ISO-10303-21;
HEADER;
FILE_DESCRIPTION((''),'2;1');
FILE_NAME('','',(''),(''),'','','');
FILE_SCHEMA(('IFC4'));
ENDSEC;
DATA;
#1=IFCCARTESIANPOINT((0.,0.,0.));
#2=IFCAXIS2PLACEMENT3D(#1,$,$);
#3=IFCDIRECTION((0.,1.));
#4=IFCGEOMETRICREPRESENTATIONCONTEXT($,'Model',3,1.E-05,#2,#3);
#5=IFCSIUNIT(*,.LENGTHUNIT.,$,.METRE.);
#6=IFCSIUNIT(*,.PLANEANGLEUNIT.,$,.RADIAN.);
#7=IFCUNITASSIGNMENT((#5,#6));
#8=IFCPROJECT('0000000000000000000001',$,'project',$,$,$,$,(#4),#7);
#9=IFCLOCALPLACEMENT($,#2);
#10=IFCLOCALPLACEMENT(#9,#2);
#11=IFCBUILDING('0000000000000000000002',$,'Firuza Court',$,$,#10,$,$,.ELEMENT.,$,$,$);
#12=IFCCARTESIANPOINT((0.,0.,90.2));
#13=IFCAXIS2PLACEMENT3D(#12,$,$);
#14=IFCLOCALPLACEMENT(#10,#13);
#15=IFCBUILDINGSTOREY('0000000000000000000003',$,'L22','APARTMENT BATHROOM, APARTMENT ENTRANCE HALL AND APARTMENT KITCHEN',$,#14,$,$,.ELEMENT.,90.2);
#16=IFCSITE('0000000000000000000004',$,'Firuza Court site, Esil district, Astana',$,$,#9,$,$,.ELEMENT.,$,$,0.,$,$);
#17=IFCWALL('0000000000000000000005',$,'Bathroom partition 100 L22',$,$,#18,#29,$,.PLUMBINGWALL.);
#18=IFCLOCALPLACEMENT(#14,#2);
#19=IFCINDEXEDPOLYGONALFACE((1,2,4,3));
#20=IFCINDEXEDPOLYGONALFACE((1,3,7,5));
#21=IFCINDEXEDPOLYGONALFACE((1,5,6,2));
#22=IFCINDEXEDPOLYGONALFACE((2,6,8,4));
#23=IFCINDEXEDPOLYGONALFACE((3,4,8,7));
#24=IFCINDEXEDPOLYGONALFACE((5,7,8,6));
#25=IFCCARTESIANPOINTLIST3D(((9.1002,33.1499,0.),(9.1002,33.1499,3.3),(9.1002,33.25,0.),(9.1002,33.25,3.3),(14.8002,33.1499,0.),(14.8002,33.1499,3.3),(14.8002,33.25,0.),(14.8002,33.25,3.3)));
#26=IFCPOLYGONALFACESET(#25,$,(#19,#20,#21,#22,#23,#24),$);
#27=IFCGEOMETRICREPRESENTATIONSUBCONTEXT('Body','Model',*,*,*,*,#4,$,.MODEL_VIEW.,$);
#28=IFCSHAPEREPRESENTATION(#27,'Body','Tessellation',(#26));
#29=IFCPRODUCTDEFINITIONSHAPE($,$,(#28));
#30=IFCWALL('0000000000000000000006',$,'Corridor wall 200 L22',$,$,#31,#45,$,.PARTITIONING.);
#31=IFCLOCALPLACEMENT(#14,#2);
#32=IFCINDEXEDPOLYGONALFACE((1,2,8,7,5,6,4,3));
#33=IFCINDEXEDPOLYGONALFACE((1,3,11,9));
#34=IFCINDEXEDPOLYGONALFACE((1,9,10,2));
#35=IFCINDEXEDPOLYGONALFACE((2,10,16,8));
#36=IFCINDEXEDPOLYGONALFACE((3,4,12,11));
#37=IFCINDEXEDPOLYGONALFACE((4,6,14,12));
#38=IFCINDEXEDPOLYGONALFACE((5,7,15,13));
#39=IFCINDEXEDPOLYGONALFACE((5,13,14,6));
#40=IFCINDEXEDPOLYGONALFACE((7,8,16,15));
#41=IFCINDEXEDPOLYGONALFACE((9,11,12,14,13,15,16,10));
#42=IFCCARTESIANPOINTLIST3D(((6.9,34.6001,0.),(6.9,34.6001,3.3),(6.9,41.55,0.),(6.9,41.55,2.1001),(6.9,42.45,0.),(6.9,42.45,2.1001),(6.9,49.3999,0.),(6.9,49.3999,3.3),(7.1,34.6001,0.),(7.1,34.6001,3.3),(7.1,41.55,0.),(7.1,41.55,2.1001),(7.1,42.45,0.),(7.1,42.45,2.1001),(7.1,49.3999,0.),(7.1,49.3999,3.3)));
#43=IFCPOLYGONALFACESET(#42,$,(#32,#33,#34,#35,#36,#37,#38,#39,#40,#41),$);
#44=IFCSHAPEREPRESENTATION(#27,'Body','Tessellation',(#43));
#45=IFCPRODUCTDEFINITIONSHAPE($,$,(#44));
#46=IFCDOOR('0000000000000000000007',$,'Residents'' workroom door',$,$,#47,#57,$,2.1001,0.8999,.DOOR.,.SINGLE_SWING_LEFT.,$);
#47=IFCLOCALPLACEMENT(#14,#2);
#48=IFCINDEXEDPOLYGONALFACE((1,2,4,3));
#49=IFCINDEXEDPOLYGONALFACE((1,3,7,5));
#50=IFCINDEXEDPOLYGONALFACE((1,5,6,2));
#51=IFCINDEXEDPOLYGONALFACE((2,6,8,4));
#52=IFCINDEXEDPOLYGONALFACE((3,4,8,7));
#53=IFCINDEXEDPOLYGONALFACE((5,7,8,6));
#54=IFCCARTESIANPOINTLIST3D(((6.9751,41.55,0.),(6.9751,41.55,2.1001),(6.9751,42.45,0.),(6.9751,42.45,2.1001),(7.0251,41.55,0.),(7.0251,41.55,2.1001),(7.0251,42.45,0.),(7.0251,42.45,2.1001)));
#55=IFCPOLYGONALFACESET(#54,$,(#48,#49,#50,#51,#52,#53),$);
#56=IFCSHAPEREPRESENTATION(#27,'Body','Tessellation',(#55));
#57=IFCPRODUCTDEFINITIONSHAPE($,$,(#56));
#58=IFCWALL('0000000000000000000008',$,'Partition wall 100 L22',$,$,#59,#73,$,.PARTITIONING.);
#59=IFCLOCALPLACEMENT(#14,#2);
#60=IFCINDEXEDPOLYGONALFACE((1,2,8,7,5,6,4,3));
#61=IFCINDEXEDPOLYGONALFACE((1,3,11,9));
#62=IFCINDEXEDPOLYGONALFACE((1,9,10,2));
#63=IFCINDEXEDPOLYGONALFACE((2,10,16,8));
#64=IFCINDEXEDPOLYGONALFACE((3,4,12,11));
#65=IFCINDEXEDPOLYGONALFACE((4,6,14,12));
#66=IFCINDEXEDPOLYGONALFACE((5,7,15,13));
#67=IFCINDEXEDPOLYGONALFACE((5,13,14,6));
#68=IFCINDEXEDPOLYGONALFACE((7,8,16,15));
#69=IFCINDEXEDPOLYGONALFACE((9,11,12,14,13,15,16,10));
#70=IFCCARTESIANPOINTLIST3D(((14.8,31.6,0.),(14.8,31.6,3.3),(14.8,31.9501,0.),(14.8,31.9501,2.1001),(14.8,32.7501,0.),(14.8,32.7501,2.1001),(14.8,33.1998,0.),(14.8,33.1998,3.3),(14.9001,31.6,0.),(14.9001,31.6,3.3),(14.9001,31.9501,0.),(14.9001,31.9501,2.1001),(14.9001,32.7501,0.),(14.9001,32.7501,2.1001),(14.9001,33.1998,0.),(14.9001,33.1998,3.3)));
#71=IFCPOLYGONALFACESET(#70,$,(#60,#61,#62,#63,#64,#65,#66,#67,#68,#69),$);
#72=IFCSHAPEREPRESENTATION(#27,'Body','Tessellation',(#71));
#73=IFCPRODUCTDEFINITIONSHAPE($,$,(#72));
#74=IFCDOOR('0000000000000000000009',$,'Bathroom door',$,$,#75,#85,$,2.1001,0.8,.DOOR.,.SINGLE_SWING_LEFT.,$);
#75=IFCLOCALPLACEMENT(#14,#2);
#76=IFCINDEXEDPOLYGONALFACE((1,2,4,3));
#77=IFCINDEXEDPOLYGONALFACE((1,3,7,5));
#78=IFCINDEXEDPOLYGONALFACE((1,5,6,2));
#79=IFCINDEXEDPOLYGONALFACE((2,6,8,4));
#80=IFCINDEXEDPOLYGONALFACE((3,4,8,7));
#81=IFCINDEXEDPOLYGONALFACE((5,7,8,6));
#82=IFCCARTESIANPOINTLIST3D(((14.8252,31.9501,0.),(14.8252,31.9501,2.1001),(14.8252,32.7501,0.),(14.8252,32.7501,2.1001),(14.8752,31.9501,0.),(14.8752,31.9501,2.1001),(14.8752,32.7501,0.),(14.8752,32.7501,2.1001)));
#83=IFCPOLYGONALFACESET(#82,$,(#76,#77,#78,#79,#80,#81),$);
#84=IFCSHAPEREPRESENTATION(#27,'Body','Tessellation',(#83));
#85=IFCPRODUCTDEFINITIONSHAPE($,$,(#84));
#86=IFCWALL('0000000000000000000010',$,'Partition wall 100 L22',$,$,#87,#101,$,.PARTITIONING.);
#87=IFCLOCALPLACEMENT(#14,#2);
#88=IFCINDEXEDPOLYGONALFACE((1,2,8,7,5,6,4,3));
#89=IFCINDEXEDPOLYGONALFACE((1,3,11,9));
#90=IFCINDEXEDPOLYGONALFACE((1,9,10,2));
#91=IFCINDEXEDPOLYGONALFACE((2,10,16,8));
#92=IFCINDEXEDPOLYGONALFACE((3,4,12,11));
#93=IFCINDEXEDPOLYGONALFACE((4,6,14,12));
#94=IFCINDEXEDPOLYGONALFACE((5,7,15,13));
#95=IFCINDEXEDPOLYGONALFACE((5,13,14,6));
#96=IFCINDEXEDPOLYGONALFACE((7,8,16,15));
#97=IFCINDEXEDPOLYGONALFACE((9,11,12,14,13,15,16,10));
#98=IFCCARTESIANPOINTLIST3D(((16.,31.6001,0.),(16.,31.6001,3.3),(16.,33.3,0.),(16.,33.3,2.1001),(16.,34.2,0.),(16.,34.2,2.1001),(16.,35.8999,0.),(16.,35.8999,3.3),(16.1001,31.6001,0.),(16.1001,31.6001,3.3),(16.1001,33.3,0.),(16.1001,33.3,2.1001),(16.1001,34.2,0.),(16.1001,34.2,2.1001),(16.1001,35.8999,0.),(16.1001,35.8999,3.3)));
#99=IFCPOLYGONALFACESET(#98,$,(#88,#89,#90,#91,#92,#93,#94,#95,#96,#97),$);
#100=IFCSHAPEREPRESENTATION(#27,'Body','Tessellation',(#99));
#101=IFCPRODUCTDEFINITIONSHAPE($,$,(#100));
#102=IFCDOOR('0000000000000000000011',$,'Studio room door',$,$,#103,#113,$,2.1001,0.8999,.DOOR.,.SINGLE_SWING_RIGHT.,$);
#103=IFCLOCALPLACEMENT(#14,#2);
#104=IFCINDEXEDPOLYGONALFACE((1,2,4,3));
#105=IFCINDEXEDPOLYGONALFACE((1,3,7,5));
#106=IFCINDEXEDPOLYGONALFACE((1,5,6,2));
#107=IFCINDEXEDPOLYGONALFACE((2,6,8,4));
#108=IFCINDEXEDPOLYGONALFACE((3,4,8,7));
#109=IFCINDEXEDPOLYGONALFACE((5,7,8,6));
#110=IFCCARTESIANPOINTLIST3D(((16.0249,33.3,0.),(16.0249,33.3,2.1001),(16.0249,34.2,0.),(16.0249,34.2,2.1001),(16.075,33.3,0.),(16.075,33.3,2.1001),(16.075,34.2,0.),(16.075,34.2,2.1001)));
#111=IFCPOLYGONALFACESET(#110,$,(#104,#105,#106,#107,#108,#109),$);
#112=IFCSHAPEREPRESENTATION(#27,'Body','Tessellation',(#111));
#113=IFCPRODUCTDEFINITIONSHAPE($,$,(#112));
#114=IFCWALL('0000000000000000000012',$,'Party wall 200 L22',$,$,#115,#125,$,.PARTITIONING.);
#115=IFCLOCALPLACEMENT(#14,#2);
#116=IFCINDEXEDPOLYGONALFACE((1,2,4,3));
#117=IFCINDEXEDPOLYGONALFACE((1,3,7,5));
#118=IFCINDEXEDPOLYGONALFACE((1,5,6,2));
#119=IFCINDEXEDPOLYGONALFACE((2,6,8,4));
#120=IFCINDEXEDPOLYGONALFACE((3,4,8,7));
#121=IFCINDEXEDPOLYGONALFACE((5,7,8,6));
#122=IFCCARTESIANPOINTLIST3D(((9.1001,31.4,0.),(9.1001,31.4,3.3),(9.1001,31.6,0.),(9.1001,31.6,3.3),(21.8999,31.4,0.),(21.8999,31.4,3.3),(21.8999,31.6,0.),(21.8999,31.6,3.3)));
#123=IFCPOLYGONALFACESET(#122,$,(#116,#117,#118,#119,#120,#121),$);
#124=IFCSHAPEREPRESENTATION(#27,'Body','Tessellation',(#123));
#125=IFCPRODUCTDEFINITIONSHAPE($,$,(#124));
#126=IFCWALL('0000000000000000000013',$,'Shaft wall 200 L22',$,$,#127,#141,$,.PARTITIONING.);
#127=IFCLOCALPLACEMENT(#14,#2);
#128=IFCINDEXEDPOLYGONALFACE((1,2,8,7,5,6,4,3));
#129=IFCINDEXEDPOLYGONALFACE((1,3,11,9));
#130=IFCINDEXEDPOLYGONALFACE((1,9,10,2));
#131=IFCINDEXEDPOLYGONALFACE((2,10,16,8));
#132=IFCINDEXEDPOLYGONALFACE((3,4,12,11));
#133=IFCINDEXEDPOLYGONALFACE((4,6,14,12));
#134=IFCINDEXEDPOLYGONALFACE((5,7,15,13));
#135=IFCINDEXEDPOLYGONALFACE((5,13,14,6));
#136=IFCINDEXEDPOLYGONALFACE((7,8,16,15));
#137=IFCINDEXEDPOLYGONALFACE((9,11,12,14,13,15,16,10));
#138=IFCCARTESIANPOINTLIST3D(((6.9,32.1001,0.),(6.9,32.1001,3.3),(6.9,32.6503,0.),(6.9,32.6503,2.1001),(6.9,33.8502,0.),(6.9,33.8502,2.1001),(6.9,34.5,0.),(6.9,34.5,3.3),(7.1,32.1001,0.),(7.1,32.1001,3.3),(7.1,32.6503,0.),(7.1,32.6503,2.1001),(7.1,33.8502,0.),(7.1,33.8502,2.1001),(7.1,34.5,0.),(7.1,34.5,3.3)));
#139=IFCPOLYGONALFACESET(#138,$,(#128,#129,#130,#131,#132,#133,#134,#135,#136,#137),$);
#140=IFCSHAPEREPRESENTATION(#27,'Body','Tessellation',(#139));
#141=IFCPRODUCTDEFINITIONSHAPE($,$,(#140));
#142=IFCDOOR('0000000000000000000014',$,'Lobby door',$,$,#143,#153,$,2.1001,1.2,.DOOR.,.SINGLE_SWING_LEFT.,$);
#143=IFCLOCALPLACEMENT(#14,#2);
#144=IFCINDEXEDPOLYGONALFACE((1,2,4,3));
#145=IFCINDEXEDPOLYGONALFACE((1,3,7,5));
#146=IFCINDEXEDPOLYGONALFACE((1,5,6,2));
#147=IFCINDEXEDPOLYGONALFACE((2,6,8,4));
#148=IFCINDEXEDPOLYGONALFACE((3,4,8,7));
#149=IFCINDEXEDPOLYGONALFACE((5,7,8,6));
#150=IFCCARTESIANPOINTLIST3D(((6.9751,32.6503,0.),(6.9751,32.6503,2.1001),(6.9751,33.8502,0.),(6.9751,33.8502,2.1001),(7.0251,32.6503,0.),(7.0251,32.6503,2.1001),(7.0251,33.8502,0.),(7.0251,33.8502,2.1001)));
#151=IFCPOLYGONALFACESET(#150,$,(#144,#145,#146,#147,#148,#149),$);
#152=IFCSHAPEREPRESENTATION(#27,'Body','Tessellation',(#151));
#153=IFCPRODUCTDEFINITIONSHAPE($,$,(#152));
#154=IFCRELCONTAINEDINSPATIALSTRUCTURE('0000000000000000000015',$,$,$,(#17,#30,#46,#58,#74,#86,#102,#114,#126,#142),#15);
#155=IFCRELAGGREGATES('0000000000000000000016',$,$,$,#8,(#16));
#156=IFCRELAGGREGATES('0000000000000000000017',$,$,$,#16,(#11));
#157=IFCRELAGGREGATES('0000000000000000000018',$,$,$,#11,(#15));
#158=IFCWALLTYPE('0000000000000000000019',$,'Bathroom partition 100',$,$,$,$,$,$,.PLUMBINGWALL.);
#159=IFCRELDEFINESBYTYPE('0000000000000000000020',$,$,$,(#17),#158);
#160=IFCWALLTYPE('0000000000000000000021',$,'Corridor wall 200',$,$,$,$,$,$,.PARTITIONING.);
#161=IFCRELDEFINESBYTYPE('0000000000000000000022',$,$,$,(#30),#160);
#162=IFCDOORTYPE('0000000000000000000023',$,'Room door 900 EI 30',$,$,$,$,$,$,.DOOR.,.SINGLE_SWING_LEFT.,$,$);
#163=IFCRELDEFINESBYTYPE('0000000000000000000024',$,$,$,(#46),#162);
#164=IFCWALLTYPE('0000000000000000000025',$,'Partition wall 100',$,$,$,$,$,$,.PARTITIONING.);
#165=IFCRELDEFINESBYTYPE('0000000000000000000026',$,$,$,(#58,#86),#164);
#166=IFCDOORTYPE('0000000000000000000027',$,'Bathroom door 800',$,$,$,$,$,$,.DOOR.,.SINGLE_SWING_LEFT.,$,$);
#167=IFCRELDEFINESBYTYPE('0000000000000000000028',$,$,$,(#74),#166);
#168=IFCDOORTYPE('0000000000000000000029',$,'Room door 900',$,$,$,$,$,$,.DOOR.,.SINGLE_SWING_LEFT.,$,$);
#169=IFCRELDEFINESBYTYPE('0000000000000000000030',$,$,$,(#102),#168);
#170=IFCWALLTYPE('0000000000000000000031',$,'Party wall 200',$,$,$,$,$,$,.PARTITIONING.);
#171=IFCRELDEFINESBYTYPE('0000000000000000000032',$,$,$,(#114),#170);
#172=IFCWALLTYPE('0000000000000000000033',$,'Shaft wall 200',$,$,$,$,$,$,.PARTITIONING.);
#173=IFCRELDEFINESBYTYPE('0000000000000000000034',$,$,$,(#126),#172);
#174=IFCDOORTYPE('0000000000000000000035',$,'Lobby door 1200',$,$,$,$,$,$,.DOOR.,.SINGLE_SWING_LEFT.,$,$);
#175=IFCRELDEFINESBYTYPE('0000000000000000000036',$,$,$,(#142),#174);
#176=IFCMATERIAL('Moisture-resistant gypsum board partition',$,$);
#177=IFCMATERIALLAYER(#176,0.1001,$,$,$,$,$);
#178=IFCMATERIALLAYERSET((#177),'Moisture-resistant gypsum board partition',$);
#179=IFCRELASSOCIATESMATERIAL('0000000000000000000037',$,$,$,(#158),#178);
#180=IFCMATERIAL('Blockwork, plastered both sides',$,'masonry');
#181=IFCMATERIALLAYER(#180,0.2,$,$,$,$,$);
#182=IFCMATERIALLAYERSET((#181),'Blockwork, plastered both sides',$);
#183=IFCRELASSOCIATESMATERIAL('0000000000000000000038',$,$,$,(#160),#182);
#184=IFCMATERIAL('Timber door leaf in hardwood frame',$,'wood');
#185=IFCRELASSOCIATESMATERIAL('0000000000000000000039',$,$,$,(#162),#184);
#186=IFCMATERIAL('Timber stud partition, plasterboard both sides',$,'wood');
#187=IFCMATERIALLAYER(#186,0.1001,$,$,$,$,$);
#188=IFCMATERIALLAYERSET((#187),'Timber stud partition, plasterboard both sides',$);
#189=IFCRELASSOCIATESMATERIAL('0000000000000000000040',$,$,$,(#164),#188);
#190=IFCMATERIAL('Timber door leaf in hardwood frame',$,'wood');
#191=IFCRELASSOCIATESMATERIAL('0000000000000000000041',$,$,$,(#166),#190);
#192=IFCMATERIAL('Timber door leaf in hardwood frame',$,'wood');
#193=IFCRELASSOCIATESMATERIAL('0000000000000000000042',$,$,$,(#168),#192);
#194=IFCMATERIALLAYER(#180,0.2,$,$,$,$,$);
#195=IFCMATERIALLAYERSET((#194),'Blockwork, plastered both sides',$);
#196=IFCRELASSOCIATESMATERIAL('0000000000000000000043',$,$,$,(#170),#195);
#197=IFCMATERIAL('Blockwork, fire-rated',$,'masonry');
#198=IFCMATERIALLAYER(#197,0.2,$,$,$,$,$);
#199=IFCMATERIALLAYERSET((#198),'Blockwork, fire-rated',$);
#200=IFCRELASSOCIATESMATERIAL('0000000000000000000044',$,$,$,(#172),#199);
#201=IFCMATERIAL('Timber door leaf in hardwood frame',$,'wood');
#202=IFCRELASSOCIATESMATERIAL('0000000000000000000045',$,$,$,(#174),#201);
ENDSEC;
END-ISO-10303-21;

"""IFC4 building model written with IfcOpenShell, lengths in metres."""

from ifc_helpers import new_model, si_unit, direction, frame, frame_2d, origin, place, context, subcontext, project, spatial, rectangle, extrude, material, layer, layer_set, type_object, element, fill, save


model = new_model("IFC4")

# Units and contexts
model_context = context("Model", 3, precision=1e-05, world=origin(), true_north=direction((0.0, 1.0)))
body_context = subcontext(model_context, "Body", "Model", "MODEL_VIEW")
ifc_project = project(units=[si_unit("LENGTHUNIT", "METRE"), si_unit("PLANEANGLEUNIT", "RADIAN")], contexts=[model_context])

# Site, building, storey
site_placement = place(None, origin())
site = spatial("IfcSite", under=ifc_project, at=site_placement, Name="Firuza Court site, Esil district, Astana", CompositionType="ELEMENT", RefElevation=0.0)
building_placement = place(site_placement, origin())
building = spatial("IfcBuilding", under=site, at=building_placement, Name="Firuza Court", CompositionType="ELEMENT")
storey_placement = place(building_placement, frame((0.0, 0.0, 90.2)))
storey = spatial("IfcBuildingStorey", under=building, at=storey_placement, Name="L22", Description="APARTMENT BATHROOM, APARTMENT ENTRANCE HALL AND APARTMENT KITCHEN", CompositionType="ELEMENT", Elevation=90.2)

# Wall
ifc_material_1 = material(Name="Moisture-resistant gypsum board partition")
ifc_layer_1 = layer(ifc_material_1, 0.1001)
ifc_layer_set_1 = layer_set([ifc_layer_1], Name="Moisture-resistant gypsum board partition")
wall_type_1 = type_object("IfcWallType", Name="Bathroom partition 100", PredefinedType="PLUMBINGWALL", material=ifc_layer_set_1)
wall_1_placement = place(storey_placement, frame((9.1001, 33.2, 0.0), z_axis=(0.0, 0.0, 1.0), x_axis=(1.0, 0.0, 0.0)))
element("IfcWall", 1, at=wall_1_placement, inside=storey, type_object=wall_type_1, Name="Bathroom partition 100 L22", PredefinedType="PLUMBINGWALL", context=body_context, shape_type="SweptSolid", body=[
    extrude(rectangle(XDim=5.7, YDim=0.1001, at=frame_2d((2.8501, 0.0))), origin(), (0.0, 0.0, 1.0), 3.3),
])

# Walls, openings, doors
ifc_material_2 = material(Name="Blockwork, plastered both sides", Category="masonry")
ifc_layer_2 = layer(ifc_material_2, 0.2)
ifc_layer_set_2 = layer_set([ifc_layer_2], Name="Blockwork, plastered both sides")
wall_type_2 = type_object("IfcWallType", Name="Corridor wall 200", PredefinedType="PARTITIONING", material=ifc_layer_set_2)
wall_2_placement = place(storey_placement, frame((7.0, 34.6001, 0.0), z_axis=(0.0, 0.0, 1.0), x_axis=(0.0, 1.0, 0.0)))
wall_2 = element("IfcWall", 2, at=wall_2_placement, inside=storey, type_object=wall_type_2, Name="Corridor wall 200 L22", PredefinedType="PARTITIONING", context=body_context, shape_type="SweptSolid", body=[
    extrude(rectangle(XDim=14.7998, YDim=0.2, at=frame_2d((7.3999, 0.0))), origin(), (0.0, 0.0, 1.0), 3.3),
])
opening_1_placement = place(wall_2_placement, frame((6.95, 0.0, 0.0)))
opening_1 = element("IfcOpeningElement", 3, at=opening_1_placement, cuts=wall_2, PredefinedType="OPENING", context=body_context, shape_type="SweptSolid", body=[
    extrude(rectangle(XDim=0.8999, YDim=2.1001, at=frame_2d((0.45, 1.05))), frame((0.0, 0.1118, 0.0), z_axis=(0.0, -1.0, 0.0), x_axis=(1.0, 0.0, 0.0)), (0.0, 0.0, 1.0), 0.2239),
])
ifc_material_3 = material(Name="Timber door leaf in hardwood frame", Category="wood")
door_type_1 = type_object("IfcDoorType", Name="Room door 900 EI 30", OperationType="SINGLE_SWING_LEFT", PredefinedType="DOOR", material=ifc_material_3)
door_1_placement = place(opening_1_placement, origin())
door_1 = element("IfcDoor", 4, at=door_1_placement, inside=storey, type_object=door_type_1, Name="Residents' workroom door", OperationType="SINGLE_SWING_LEFT", OverallHeight=2.1001, OverallWidth=0.8999, PredefinedType="DOOR", context=body_context, shape_type="SweptSolid", body=[
    extrude(rectangle(XDim=0.8999, YDim=2.1001, at=frame_2d((0.45, 1.05))), frame((0.0, 0.0249, 0.0), z_axis=(0.0, -1.0, 0.0), x_axis=(1.0, 0.0, 0.0)), (0.0, 0.0, 1.0), 0.05),
])
fill(opening_1, door_1)
ifc_material_4 = material(Name="Timber stud partition, plasterboard both sides", Category="wood")
ifc_layer_3 = layer(ifc_material_4, 0.1001)
ifc_layer_set_3 = layer_set([ifc_layer_3], Name="Timber stud partition, plasterboard both sides")
wall_type_3 = type_object("IfcWallType", Name="Partition wall 100", PredefinedType="PARTITIONING", material=ifc_layer_set_3)
wall_3_placement = place(storey_placement, frame((14.8501, 31.6001, 0.0), z_axis=(0.0, 0.0, 1.0), x_axis=(0.0, 1.0, 0.0)))
wall_3 = element("IfcWall", 5, at=wall_3_placement, inside=storey, type_object=wall_type_3, Name="Partition wall 100 L22", PredefinedType="PARTITIONING", context=body_context, shape_type="SweptSolid", body=[
    extrude(rectangle(XDim=1.5999, YDim=0.1001, at=frame_2d((0.7998, 0.0))), origin(), (0.0, 0.0, 1.0), 3.3),
])
opening_2_placement = place(wall_3_placement, frame((0.3501, 0.0, 0.0)))
opening_2 = element("IfcOpeningElement", 6, at=opening_2_placement, cuts=wall_3, PredefinedType="OPENING", context=body_context, shape_type="SweptSolid", body=[
    extrude(rectangle(XDim=0.8, YDim=2.1001, at=frame_2d((0.3999, 1.05))), frame((0.0, 0.062, 0.0), z_axis=(0.0, -1.0, 0.0), x_axis=(1.0, 0.0, 0.0)), (0.0, 0.0, 1.0), 0.124),
])
ifc_material_5 = material(Name="Timber door leaf in hardwood frame", Category="wood")
door_type_2 = type_object("IfcDoorType", Name="Bathroom door 800", OperationType="SINGLE_SWING_LEFT", PredefinedType="DOOR", material=ifc_material_5)
door_2_placement = place(opening_2_placement, origin())
door_2 = element("IfcDoor", 7, at=door_2_placement, inside=storey, type_object=door_type_2, Name="Bathroom door", OperationType="SINGLE_SWING_LEFT", OverallHeight=2.1001, OverallWidth=0.8, PredefinedType="DOOR", context=body_context, shape_type="SweptSolid", body=[
    extrude(rectangle(XDim=0.8, YDim=2.1001, at=frame_2d((0.3999, 1.05))), frame((0.0, 0.0249, 0.0), z_axis=(0.0, -1.0, 0.0), x_axis=(1.0, 0.0, 0.0)), (0.0, 0.0, 1.0), 0.05),
])
fill(opening_2, door_2)
wall_4_placement = place(storey_placement, frame((16.05, 31.6001, 0.0), z_axis=(0.0, 0.0, 1.0), x_axis=(0.0, 1.0, 0.0)))
wall_4 = element("IfcWall", 8, at=wall_4_placement, inside=storey, type_object=wall_type_3, Name="Partition wall 100 L22", PredefinedType="PARTITIONING", context=body_context, shape_type="SweptSolid", body=[
    extrude(rectangle(XDim=4.2998, YDim=0.1001, at=frame_2d((2.1499, 0.0))), origin(), (0.0, 0.0, 1.0), 3.3),
])
opening_3_placement = place(wall_4_placement, frame((1.7, 0.0, 0.0)))
opening_3 = element("IfcOpeningElement", 9, at=opening_3_placement, cuts=wall_4, PredefinedType="OPENING", context=body_context, shape_type="SweptSolid", body=[
    extrude(rectangle(XDim=0.8999, YDim=2.1001, at=frame_2d((0.45, 1.05))), frame((0.0, 0.062, 0.0), z_axis=(0.0, -1.0, 0.0), x_axis=(1.0, 0.0, 0.0)), (0.0, 0.0, 1.0), 0.124),
])
ifc_material_6 = material(Name="Timber door leaf in hardwood frame", Category="wood")
door_type_3 = type_object("IfcDoorType", Name="Room door 900", OperationType="SINGLE_SWING_LEFT", PredefinedType="DOOR", material=ifc_material_6)
door_3_placement = place(opening_3_placement, frame((0.8999, 0.0, 0.0), z_axis=(0.0, 0.0, 1.0), x_axis=(-1.0, 0.0, 0.0)))
door_3 = element("IfcDoor", 10, at=door_3_placement, inside=storey, type_object=door_type_3, Name="Studio room door", OperationType="SINGLE_SWING_RIGHT", OverallHeight=2.1001, OverallWidth=0.8999, PredefinedType="DOOR", context=body_context, shape_type="SweptSolid", body=[
    extrude(rectangle(XDim=0.8999, YDim=2.1001, at=frame_2d((0.45, 1.05))), frame((0.0, 0.0249, 0.0), z_axis=(0.0, -1.0, 0.0), x_axis=(1.0, 0.0, 0.0)), (0.0, 0.0, 1.0), 0.05),
])
fill(opening_3, door_3)

# Wall
ifc_layer_4 = layer(ifc_material_2, 0.2)
ifc_layer_set_4 = layer_set([ifc_layer_4], Name="Blockwork, plastered both sides")
wall_type_4 = type_object("IfcWallType", Name="Party wall 200", PredefinedType="PARTITIONING", material=ifc_layer_set_4)
wall_5_placement = place(storey_placement, frame((9.1001, 31.5, 0.0), z_axis=(0.0, 0.0, 1.0), x_axis=(1.0, 0.0, 0.0)))
element("IfcWall", 11, at=wall_5_placement, inside=storey, type_object=wall_type_4, Name="Party wall 200 L22", PredefinedType="PARTITIONING", context=body_context, shape_type="SweptSolid", body=[
    extrude(rectangle(XDim=12.7998, YDim=0.2, at=frame_2d((6.3999, 0.0))), origin(), (0.0, 0.0, 1.0), 3.3),
])

# Wall, opening, door
ifc_material_7 = material(Name="Blockwork, fire-rated", Category="masonry")
ifc_layer_5 = layer(ifc_material_7, 0.2)
ifc_layer_set_5 = layer_set([ifc_layer_5], Name="Blockwork, fire-rated")
wall_type_5 = type_object("IfcWallType", Name="Shaft wall 200", PredefinedType="PARTITIONING", material=ifc_layer_set_5)
wall_6_placement = place(storey_placement, frame((7.0, 32.1001, 0.0), z_axis=(0.0, 0.0, 1.0), x_axis=(0.0, 1.0, 0.0)))
wall_6 = element("IfcWall", 12, at=wall_6_placement, inside=storey, type_object=wall_type_5, Name="Shaft wall 200 L22", PredefinedType="PARTITIONING", context=body_context, shape_type="SweptSolid", body=[
    extrude(rectangle(XDim=2.3999, YDim=0.2, at=frame_2d((1.2, 0.0))), origin(), (0.0, 0.0, 1.0), 3.3),
])
opening_4_placement = place(wall_6_placement, frame((0.55, 0.0, 0.0)))
opening_4 = element("IfcOpeningElement", 13, at=opening_4_placement, cuts=wall_6, PredefinedType="OPENING", context=body_context, shape_type="SweptSolid", body=[
    extrude(rectangle(XDim=1.2, YDim=2.1001, at=frame_2d((0.6001, 1.05))), frame((0.0, 0.1118, 0.0), z_axis=(0.0, -1.0, 0.0), x_axis=(1.0, 0.0, 0.0)), (0.0, 0.0, 1.0), 0.2239),
])
ifc_material_8 = material(Name="Timber door leaf in hardwood frame", Category="wood")
door_type_4 = type_object("IfcDoorType", Name="Lobby door 1200", OperationType="SINGLE_SWING_LEFT", PredefinedType="DOOR", material=ifc_material_8)
door_4_placement = place(opening_4_placement, origin())
door_4 = element("IfcDoor", 14, at=door_4_placement, inside=storey, type_object=door_type_4, Name="Lobby door", OperationType="SINGLE_SWING_LEFT", OverallHeight=2.1001, OverallWidth=1.2, PredefinedType="DOOR", context=body_context, shape_type="SweptSolid", body=[
    extrude(rectangle(XDim=1.2, YDim=2.1001, at=frame_2d((0.6001, 1.05))), frame((0.0, 0.0249, 0.0), z_axis=(0.0, -1.0, 0.0), x_axis=(1.0, 0.0, 0.0)), (0.0, 0.0, 1.0), 0.05),
])
fill(opening_4, door_4)

save(model, "model.ifc")
